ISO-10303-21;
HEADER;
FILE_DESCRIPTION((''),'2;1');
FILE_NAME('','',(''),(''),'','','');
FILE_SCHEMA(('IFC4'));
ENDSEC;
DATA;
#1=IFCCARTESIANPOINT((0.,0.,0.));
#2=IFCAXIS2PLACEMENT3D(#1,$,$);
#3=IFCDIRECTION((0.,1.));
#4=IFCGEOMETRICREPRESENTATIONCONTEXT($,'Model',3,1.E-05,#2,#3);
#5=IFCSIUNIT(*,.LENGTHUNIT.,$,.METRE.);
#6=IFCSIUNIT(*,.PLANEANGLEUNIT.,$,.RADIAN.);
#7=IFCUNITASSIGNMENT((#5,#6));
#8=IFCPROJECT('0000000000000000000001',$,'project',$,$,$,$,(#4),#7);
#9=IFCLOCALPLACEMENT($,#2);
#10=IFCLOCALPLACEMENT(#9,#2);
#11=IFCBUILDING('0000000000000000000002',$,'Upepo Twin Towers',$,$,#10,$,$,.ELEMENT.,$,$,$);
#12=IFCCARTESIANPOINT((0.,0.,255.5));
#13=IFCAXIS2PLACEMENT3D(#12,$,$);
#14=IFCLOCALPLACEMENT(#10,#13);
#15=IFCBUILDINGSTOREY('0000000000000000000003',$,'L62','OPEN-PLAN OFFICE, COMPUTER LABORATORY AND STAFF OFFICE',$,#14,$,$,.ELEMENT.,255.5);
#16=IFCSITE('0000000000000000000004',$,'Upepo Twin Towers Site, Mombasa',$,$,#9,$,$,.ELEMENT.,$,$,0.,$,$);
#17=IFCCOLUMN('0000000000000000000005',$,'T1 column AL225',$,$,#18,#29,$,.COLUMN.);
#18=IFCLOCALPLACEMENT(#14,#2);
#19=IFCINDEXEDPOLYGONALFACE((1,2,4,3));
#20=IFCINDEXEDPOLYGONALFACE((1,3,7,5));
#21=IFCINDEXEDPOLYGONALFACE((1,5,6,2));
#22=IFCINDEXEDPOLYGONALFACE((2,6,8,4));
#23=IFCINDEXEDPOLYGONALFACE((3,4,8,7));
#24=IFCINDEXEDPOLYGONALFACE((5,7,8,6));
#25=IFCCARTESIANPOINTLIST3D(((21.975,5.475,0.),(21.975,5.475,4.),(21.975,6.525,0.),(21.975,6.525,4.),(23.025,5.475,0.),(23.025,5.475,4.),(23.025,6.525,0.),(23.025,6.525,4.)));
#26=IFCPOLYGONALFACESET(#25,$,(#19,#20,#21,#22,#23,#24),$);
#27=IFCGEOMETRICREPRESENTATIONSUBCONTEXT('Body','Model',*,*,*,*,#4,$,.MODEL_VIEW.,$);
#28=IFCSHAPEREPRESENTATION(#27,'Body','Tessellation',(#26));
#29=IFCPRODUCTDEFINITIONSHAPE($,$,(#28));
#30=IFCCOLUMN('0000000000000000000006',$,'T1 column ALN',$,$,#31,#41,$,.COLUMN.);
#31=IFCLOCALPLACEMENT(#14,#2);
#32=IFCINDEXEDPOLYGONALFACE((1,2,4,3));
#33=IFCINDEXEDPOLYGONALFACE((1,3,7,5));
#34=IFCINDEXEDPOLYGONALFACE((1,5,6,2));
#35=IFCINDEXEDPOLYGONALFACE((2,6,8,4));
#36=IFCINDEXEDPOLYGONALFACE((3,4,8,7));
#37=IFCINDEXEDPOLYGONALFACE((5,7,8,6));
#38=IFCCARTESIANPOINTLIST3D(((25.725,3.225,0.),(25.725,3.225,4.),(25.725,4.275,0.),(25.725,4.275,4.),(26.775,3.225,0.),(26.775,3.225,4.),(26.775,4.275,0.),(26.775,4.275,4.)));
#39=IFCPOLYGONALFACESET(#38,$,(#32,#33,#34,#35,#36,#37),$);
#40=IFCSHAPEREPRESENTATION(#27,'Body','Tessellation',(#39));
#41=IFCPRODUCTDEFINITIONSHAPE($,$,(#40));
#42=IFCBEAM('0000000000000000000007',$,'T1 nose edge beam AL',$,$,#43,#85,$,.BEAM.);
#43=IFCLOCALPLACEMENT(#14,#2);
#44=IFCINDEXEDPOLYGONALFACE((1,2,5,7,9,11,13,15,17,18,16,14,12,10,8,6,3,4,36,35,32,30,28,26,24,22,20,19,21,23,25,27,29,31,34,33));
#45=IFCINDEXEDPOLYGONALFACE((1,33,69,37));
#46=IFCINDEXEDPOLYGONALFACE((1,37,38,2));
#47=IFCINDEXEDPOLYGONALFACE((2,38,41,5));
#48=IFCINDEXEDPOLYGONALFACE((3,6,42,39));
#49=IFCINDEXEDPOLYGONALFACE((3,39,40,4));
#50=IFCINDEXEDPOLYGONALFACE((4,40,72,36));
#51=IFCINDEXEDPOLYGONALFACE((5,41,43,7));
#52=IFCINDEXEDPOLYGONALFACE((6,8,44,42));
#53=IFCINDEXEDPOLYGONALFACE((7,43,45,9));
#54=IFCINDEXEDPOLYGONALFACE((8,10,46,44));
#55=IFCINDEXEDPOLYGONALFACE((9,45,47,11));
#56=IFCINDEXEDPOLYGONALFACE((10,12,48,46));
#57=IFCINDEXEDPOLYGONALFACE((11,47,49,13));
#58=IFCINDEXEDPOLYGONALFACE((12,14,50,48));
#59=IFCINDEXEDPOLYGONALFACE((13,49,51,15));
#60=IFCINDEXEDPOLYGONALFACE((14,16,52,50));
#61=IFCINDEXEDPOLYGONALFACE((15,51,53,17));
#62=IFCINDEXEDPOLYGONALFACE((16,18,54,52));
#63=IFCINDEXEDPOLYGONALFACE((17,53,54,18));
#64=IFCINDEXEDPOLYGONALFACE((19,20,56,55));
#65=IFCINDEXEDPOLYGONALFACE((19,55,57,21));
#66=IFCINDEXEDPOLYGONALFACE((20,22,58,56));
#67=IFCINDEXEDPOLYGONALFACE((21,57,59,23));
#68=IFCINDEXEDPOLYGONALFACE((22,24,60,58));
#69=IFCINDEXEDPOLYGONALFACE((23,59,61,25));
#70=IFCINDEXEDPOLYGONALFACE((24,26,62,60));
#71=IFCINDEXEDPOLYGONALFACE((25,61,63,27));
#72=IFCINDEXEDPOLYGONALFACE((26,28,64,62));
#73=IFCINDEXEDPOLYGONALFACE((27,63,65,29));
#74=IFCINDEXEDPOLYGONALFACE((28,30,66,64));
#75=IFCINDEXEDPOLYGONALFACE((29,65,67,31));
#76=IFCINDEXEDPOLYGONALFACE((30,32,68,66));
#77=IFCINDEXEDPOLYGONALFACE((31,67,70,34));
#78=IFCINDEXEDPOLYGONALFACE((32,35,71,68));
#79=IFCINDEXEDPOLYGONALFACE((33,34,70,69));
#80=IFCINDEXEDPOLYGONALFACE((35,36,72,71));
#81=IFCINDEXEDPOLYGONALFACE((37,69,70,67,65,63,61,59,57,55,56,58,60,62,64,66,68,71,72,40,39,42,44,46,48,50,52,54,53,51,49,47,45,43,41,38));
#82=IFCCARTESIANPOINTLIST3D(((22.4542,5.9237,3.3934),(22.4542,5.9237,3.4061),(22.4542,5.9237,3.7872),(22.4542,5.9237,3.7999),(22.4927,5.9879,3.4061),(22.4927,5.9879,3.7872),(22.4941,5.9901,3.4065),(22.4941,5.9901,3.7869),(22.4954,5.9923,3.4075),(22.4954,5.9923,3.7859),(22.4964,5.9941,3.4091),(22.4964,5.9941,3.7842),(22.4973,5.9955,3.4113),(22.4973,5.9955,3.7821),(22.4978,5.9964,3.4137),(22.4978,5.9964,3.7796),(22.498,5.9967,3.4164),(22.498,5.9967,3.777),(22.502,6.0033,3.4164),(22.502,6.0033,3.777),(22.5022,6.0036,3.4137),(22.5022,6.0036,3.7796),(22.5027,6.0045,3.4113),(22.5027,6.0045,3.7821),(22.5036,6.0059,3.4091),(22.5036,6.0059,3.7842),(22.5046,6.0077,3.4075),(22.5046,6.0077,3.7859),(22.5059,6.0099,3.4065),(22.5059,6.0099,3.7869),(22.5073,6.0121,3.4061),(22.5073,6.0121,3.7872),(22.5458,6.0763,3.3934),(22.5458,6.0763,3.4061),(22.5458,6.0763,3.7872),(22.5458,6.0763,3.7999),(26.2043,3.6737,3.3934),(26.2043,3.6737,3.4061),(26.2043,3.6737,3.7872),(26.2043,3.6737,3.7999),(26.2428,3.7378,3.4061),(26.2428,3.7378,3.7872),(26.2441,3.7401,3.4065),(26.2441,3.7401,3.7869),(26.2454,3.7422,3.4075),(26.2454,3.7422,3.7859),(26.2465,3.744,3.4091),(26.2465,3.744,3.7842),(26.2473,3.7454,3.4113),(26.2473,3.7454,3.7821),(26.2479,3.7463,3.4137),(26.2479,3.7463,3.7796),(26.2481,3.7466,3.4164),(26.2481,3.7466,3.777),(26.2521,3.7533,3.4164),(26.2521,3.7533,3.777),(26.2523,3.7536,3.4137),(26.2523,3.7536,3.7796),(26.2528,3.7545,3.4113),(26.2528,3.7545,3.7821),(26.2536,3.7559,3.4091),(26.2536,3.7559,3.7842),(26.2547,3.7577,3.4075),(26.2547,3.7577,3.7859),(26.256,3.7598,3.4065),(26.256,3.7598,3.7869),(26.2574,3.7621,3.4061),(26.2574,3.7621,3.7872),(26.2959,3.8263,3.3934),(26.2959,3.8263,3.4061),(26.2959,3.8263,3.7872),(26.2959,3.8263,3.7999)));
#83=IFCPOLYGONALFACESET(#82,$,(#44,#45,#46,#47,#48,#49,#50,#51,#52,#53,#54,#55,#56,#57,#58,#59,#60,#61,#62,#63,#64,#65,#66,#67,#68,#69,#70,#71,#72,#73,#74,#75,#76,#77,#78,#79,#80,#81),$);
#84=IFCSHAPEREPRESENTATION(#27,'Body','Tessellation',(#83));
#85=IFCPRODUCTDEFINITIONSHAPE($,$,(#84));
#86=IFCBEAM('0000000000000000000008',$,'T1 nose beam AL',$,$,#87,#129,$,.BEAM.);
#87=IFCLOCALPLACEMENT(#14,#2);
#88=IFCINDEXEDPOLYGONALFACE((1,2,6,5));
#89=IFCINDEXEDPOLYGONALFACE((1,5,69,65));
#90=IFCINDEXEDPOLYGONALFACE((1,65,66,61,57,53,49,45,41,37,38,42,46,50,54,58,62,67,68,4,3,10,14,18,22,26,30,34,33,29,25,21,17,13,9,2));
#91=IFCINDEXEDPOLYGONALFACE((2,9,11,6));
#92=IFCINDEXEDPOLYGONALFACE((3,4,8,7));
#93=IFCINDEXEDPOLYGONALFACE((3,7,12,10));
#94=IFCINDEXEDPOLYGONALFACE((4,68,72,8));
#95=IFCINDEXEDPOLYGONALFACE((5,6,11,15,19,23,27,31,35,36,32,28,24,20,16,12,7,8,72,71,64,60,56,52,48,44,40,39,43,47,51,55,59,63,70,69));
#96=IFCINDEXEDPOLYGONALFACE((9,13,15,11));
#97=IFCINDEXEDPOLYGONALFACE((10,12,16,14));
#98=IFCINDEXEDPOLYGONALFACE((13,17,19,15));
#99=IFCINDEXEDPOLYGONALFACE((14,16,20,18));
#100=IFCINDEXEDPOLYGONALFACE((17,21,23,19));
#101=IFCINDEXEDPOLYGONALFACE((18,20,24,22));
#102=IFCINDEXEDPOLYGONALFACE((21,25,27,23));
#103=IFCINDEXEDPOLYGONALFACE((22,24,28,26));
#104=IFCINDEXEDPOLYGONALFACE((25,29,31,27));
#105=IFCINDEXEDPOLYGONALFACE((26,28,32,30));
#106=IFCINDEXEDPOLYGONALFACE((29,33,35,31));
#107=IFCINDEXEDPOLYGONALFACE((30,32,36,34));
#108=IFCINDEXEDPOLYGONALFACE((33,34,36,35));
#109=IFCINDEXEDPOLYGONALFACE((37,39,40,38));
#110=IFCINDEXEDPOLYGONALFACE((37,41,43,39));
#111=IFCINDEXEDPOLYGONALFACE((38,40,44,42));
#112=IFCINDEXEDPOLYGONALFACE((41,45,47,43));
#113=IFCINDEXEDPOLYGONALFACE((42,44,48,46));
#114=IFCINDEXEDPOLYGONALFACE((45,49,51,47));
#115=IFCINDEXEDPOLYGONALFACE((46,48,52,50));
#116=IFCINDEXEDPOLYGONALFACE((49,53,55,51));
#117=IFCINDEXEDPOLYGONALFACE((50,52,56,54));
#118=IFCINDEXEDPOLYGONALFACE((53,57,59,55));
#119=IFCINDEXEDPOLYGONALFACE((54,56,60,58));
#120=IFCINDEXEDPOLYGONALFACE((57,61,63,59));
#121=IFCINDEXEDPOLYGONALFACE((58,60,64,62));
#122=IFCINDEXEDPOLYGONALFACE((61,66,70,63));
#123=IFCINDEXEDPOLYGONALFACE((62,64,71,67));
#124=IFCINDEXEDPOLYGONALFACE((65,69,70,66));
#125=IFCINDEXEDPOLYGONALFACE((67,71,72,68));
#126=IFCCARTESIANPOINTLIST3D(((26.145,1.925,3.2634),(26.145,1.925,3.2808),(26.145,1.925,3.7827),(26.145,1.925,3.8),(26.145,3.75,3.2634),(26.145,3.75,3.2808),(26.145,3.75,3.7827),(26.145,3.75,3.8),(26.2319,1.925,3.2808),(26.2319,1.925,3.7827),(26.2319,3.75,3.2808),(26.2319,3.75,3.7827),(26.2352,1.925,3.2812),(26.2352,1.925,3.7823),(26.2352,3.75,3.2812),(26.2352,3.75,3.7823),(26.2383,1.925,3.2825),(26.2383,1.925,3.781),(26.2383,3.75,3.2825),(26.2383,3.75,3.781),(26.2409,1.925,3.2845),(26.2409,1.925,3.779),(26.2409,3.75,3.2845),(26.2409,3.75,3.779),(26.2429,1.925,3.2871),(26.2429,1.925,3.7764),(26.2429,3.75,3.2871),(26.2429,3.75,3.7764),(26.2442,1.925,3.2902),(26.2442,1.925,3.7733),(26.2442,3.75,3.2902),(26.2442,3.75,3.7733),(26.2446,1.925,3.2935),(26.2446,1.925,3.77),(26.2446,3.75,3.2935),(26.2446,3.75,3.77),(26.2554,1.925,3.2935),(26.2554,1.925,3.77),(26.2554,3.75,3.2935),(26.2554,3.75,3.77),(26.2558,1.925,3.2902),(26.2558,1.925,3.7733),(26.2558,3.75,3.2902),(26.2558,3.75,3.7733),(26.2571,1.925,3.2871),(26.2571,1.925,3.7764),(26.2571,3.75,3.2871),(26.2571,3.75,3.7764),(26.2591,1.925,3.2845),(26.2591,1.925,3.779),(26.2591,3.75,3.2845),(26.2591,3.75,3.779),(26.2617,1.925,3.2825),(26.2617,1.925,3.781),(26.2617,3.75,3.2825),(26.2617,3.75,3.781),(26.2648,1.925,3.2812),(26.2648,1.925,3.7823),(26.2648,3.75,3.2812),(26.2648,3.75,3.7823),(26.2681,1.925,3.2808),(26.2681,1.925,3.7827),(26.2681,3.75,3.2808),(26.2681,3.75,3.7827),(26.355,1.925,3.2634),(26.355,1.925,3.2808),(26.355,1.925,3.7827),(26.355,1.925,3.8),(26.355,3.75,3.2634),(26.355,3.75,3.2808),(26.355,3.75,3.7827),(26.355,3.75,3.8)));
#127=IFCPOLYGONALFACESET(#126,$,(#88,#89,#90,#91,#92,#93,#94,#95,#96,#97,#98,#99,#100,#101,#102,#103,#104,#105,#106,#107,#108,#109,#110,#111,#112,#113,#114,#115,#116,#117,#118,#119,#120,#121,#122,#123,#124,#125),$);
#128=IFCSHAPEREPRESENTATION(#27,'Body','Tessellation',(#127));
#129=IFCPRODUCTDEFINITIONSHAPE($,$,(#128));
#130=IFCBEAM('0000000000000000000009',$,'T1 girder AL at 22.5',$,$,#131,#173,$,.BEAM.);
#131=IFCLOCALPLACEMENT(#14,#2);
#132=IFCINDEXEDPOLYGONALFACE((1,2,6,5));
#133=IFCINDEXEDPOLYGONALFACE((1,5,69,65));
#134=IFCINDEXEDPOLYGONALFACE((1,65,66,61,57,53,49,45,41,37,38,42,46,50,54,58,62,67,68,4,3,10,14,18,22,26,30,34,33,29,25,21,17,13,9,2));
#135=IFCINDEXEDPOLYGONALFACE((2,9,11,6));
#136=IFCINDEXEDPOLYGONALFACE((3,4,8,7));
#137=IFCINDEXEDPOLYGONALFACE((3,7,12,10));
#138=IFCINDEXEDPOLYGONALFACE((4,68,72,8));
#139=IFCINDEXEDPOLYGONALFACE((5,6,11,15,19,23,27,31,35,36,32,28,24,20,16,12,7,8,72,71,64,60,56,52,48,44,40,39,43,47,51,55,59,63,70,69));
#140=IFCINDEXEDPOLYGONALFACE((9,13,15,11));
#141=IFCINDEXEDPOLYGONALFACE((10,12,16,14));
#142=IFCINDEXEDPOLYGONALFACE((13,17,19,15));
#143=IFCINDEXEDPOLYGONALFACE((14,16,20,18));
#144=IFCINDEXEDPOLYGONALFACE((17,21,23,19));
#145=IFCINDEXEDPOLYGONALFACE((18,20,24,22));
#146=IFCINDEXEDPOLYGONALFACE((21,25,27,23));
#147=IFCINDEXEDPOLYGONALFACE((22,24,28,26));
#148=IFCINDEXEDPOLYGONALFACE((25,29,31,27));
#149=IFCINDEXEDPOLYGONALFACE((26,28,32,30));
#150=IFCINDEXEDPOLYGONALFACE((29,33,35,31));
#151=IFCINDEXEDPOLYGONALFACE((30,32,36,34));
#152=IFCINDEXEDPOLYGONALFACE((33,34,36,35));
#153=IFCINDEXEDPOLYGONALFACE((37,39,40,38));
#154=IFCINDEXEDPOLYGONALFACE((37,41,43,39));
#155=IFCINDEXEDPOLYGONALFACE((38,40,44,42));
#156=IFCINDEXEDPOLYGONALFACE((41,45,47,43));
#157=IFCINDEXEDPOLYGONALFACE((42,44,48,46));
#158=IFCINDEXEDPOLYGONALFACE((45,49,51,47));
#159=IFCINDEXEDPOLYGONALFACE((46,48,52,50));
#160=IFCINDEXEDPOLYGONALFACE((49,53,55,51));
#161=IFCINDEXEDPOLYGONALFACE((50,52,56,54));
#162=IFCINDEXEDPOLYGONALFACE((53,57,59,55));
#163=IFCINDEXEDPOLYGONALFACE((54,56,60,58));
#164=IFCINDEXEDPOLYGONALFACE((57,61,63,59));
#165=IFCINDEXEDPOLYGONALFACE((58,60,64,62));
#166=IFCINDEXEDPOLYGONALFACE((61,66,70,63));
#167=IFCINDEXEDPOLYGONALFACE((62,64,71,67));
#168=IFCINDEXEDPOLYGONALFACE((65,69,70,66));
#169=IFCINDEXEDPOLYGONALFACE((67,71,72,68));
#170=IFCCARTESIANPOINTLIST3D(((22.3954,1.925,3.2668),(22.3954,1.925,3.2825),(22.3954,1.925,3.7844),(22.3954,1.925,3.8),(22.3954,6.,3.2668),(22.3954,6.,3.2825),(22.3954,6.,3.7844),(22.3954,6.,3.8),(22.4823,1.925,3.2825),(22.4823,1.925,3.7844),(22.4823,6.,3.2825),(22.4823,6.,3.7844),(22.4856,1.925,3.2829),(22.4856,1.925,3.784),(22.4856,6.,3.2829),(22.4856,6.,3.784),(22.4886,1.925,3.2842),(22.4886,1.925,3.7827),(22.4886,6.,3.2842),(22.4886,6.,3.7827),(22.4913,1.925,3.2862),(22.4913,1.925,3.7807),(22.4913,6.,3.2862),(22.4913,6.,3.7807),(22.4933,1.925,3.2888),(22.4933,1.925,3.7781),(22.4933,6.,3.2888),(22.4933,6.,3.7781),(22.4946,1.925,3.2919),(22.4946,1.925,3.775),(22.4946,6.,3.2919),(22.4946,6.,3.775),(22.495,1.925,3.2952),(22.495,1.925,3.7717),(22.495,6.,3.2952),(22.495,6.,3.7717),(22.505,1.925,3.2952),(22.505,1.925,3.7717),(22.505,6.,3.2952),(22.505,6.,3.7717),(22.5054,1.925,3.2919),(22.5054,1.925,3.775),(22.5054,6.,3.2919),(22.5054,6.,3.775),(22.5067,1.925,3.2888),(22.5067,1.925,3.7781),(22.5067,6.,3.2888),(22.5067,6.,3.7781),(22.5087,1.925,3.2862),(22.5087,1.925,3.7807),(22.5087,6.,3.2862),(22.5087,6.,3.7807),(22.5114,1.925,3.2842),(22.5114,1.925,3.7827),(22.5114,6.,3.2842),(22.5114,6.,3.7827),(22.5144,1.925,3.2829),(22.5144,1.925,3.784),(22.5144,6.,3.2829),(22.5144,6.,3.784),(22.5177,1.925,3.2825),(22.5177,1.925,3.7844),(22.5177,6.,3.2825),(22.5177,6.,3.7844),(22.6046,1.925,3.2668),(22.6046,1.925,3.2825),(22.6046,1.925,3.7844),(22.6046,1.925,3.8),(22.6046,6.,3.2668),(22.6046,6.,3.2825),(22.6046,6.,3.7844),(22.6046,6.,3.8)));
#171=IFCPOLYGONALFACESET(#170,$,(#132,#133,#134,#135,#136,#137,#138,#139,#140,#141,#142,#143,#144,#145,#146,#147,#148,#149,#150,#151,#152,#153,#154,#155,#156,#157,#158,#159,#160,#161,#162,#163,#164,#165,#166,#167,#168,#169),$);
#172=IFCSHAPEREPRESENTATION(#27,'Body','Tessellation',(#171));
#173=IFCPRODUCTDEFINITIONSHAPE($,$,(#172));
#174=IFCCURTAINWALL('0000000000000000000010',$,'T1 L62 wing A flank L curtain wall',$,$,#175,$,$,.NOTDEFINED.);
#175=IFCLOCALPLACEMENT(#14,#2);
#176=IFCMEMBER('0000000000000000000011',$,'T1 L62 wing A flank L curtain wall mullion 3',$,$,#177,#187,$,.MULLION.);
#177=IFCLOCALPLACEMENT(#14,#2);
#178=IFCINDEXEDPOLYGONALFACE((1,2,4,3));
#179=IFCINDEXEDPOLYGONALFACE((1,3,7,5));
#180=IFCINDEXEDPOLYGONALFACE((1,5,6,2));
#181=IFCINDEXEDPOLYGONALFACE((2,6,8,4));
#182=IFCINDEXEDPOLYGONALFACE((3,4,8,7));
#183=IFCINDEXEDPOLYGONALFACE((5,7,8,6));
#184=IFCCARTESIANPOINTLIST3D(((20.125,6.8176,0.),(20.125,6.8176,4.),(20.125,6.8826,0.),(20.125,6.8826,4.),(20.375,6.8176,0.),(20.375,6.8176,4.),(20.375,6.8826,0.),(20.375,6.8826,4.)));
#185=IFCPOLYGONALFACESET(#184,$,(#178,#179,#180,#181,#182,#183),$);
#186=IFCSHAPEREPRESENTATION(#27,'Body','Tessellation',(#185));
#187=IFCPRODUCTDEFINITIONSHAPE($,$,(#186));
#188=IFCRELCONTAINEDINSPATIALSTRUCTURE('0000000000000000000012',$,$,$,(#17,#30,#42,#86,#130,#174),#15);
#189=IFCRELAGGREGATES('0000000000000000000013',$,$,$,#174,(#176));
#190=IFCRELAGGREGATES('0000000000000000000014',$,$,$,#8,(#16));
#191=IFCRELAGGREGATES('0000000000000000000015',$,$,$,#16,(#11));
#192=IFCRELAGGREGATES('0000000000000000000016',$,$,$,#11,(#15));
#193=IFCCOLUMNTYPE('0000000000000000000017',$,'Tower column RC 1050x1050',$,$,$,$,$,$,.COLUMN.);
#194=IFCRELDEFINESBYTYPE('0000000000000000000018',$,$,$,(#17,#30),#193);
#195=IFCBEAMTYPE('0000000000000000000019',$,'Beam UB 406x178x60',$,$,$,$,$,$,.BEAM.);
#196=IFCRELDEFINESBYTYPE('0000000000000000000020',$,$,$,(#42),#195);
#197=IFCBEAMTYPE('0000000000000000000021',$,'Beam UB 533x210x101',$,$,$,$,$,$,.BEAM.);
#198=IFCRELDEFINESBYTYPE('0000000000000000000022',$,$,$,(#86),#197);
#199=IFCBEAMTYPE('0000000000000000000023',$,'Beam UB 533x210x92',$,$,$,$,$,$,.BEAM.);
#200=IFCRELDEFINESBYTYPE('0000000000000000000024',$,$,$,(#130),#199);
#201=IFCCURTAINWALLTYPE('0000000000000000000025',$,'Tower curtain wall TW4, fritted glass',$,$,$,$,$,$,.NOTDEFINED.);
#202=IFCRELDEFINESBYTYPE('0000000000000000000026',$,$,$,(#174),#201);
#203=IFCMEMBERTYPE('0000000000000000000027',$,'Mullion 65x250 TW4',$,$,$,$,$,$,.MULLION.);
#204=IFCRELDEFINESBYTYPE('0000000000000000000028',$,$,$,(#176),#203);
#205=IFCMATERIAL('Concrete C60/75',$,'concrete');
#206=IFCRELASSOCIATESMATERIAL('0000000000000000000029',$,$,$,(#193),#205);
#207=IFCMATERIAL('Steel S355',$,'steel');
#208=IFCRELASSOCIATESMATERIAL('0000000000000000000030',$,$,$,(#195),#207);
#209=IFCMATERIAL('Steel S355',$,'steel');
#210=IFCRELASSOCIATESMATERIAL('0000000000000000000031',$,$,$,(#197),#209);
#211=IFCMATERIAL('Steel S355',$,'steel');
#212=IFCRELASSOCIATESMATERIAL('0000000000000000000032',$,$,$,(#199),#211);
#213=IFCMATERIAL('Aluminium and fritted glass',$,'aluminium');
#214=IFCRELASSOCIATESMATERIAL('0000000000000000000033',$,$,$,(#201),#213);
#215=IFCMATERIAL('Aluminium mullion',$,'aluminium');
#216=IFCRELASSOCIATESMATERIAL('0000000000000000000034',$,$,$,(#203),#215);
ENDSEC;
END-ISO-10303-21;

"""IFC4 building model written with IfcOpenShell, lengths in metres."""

from ifc_helpers import new_model, si_unit, direction, frame, origin, origin_2d, place, context, subcontext, project, spatial, rectangle, i_section, extrude, material, material_profile, profile_set, type_object, element, aggregate, save


model = new_model("IFC4")

# Units and contexts
model_context = context("Model", 3, precision=1e-05, world=origin(), true_north=direction((0.0, 1.0)))
body_context = subcontext(model_context, "Body", "Model", "MODEL_VIEW")
ifc_project = project(units=[si_unit("LENGTHUNIT", "METRE"), si_unit("PLANEANGLEUNIT", "RADIAN")], contexts=[model_context])

# Site, building, storey
site_placement = place(None, origin())
site = spatial("IfcSite", under=ifc_project, at=site_placement, Name="Upepo Twin Towers Site, Mombasa", CompositionType="ELEMENT", RefElevation=0.0)
building_placement = place(site_placement, origin())
building = spatial("IfcBuilding", under=site, at=building_placement, Name="Upepo Twin Towers", CompositionType="ELEMENT")
storey_placement = place(building_placement, frame((0.0, 0.0, 255.5)))
storey = spatial("IfcBuildingStorey", under=building, at=storey_placement, Name="L62", Description="OPEN-PLAN OFFICE, COMPUTER LABORATORY AND STAFF OFFICE", CompositionType="ELEMENT", Elevation=255.5)

# Columns
ifc_material_1 = material(Name="Concrete C60/75", Category="concrete")
ifc_material_profile_1 = material_profile(ifc_material_1, rectangle(XDim=1.05, YDim=1.05, at=origin_2d()), Name="RC 1050x1050")
ifc_profile_set_1 = profile_set([ifc_material_profile_1], Name="Concrete C60/75")
column_type = type_object("IfcColumnType", Name="Tower column RC 1050x1050", PredefinedType="COLUMN", material=ifc_profile_set_1)
for number, where, z_axis, x_axis, name in (
    (1, (22.5, 6.0, 0.0), (0.0, 0.0, 1.0), (1.0, 0.0, 0.0), "T1 column AL225"),
    (2, (26.25, 3.75, 0.0), (0.0, 0.0, 1.0), (1.0, 0.0, 0.0), "T1 column ALN"),
):
    element("IfcColumn", number, at=place(storey_placement, frame(where, z_axis=z_axis, x_axis=x_axis)), inside=storey, type_object=column_type, Name=name, PredefinedType="COLUMN", context=body_context, shape_type="SweptSolid", body=[
        extrude(rectangle(XDim=1.05, YDim=1.05, at=origin_2d()), origin(), (0.0, 0.0, 1.0), 4.0),
    ])

# Beams
ifc_material_2 = material(Name="Steel S355", Category="steel")
ifc_material_profile_2 = material_profile(ifc_material_2, i_section(OverallWidth=0.178, OverallDepth=0.4065, WebThickness=0.0078, FlangeThickness=0.0127, FilletRadius=0.0103, at=origin_2d()), Name="UB 406x178x60")
ifc_profile_set_2 = profile_set([ifc_material_profile_2], Name="Steel S355")
beam_type_1 = type_object("IfcBeamType", Name="Beam UB 406x178x60", PredefinedType="BEAM", material=ifc_profile_set_2)
beam_1_placement = place(storey_placement, frame((22.5, 6.0, 3.5967), z_axis=(0.857493, -0.514496, 0.0), x_axis=(0.514496, 0.857493, 0.0)))
element("IfcBeam", 3, at=beam_1_placement, inside=storey, type_object=beam_type_1, Name="T1 nose edge beam AL", PredefinedType="BEAM", context=body_context, shape_type="SweptSolid", body=[
    extrude(i_section(OverallWidth=0.178, OverallDepth=0.4065, WebThickness=0.0078, FlangeThickness=0.0127, FilletRadius=0.0103, at=origin_2d()), origin(), (0.0, 0.0, 1.0), 4.3733),
])
ifc_material_3 = material(Name="Steel S355", Category="steel")
ifc_material_profile_3 = material_profile(ifc_material_3, i_section(OverallWidth=0.21, OverallDepth=0.5366, WebThickness=0.0107, FlangeThickness=0.0173, FilletRadius=0.0127, at=origin_2d()), Name="UB 533x210x101")
ifc_profile_set_3 = profile_set([ifc_material_profile_3], Name="Steel S355")
beam_type_2 = type_object("IfcBeamType", Name="Beam UB 533x210x101", PredefinedType="BEAM", material=ifc_profile_set_3)
beam_2_placement = place(storey_placement, frame((26.25, 3.75, 3.5317), z_axis=(0.0, -1.0, 0.0), x_axis=(1.0, 0.0, 0.0)))
element("IfcBeam", 4, at=beam_2_placement, inside=storey, type_object=beam_type_2, Name="T1 nose beam AL", PredefinedType="BEAM", context=body_context, shape_type="SweptSolid", body=[
    extrude(i_section(OverallWidth=0.21, OverallDepth=0.5366, WebThickness=0.0107, FlangeThickness=0.0173, FilletRadius=0.0127, at=origin_2d()), origin(), (0.0, 0.0, 1.0), 1.825),
])
ifc_material_4 = material(Name="Steel S355", Category="steel")
ifc_material_profile_4 = material_profile(ifc_material_4, i_section(OverallWidth=0.2092, OverallDepth=0.5332, WebThickness=0.01, FlangeThickness=0.0156, FilletRadius=0.0127, at=origin_2d()), Name="UB 533x210x92")
ifc_profile_set_4 = profile_set([ifc_material_profile_4], Name="Steel S355")
beam_type_3 = type_object("IfcBeamType", Name="Beam UB 533x210x92", PredefinedType="BEAM", material=ifc_profile_set_4)
beam_3_placement = place(storey_placement, frame((22.5, 6.0, 3.5334), z_axis=(0.0, -1.0, 0.0), x_axis=(1.0, 0.0, 0.0)))
element("IfcBeam", 5, at=beam_3_placement, inside=storey, type_object=beam_type_3, Name="T1 girder AL at 22.5", PredefinedType="BEAM", context=body_context, shape_type="SweptSolid", body=[
    extrude(i_section(OverallWidth=0.2092, OverallDepth=0.5332, WebThickness=0.01, FlangeThickness=0.0156, FilletRadius=0.0127, at=origin_2d()), origin(), (0.0, 0.0, 1.0), 4.075),
])

# Curtain wall, member
ifc_material_5 = material(Name="Aluminium and fritted glass", Category="aluminium")
curtain_wall_type = type_object("IfcCurtainWallType", Name="Tower curtain wall TW4, fritted glass", PredefinedType="NOTDEFINED", material=ifc_material_5)
curtain_wall_1_placement = place(storey_placement, origin())
curtain_wall_1 = element("IfcCurtainWall", 6, at=curtain_wall_1_placement, inside=storey, type_object=curtain_wall_type, Name="T1 L62 wing A flank L curtain wall", PredefinedType="NOTDEFINED")
ifc_material_6 = material(Name="Aluminium mullion", Category="aluminium")
ifc_material_profile_5 = material_profile(ifc_material_6, rectangle(XDim=0.0649, YDim=0.25, at=origin_2d()), Name="MULLION 65x250")
ifc_profile_set_5 = profile_set([ifc_material_profile_5], Name="Aluminium mullion")
member_type_1 = type_object("IfcMemberType", Name="Mullion 65x250 TW4", PredefinedType="MULLION", material=ifc_profile_set_5)
member_1_placement = place(storey_placement, frame((20.25, 6.8501, 0.0), z_axis=(0.0, 0.0, 1.0), x_axis=(0.0, 1.0, 0.0)))
member_1 = element("IfcMember", 7, at=member_1_placement, type_object=member_type_1, Name="T1 L62 wing A flank L curtain wall mullion 3", PredefinedType="MULLION", context=body_context, shape_type="SweptSolid", body=[
    extrude(rectangle(XDim=0.0649, YDim=0.25, at=origin_2d()), origin(), (0.0, 0.0, 1.0), 4.0),
])

aggregate(curtain_wall_1, [member_1])

save(model, "model.ifc")
